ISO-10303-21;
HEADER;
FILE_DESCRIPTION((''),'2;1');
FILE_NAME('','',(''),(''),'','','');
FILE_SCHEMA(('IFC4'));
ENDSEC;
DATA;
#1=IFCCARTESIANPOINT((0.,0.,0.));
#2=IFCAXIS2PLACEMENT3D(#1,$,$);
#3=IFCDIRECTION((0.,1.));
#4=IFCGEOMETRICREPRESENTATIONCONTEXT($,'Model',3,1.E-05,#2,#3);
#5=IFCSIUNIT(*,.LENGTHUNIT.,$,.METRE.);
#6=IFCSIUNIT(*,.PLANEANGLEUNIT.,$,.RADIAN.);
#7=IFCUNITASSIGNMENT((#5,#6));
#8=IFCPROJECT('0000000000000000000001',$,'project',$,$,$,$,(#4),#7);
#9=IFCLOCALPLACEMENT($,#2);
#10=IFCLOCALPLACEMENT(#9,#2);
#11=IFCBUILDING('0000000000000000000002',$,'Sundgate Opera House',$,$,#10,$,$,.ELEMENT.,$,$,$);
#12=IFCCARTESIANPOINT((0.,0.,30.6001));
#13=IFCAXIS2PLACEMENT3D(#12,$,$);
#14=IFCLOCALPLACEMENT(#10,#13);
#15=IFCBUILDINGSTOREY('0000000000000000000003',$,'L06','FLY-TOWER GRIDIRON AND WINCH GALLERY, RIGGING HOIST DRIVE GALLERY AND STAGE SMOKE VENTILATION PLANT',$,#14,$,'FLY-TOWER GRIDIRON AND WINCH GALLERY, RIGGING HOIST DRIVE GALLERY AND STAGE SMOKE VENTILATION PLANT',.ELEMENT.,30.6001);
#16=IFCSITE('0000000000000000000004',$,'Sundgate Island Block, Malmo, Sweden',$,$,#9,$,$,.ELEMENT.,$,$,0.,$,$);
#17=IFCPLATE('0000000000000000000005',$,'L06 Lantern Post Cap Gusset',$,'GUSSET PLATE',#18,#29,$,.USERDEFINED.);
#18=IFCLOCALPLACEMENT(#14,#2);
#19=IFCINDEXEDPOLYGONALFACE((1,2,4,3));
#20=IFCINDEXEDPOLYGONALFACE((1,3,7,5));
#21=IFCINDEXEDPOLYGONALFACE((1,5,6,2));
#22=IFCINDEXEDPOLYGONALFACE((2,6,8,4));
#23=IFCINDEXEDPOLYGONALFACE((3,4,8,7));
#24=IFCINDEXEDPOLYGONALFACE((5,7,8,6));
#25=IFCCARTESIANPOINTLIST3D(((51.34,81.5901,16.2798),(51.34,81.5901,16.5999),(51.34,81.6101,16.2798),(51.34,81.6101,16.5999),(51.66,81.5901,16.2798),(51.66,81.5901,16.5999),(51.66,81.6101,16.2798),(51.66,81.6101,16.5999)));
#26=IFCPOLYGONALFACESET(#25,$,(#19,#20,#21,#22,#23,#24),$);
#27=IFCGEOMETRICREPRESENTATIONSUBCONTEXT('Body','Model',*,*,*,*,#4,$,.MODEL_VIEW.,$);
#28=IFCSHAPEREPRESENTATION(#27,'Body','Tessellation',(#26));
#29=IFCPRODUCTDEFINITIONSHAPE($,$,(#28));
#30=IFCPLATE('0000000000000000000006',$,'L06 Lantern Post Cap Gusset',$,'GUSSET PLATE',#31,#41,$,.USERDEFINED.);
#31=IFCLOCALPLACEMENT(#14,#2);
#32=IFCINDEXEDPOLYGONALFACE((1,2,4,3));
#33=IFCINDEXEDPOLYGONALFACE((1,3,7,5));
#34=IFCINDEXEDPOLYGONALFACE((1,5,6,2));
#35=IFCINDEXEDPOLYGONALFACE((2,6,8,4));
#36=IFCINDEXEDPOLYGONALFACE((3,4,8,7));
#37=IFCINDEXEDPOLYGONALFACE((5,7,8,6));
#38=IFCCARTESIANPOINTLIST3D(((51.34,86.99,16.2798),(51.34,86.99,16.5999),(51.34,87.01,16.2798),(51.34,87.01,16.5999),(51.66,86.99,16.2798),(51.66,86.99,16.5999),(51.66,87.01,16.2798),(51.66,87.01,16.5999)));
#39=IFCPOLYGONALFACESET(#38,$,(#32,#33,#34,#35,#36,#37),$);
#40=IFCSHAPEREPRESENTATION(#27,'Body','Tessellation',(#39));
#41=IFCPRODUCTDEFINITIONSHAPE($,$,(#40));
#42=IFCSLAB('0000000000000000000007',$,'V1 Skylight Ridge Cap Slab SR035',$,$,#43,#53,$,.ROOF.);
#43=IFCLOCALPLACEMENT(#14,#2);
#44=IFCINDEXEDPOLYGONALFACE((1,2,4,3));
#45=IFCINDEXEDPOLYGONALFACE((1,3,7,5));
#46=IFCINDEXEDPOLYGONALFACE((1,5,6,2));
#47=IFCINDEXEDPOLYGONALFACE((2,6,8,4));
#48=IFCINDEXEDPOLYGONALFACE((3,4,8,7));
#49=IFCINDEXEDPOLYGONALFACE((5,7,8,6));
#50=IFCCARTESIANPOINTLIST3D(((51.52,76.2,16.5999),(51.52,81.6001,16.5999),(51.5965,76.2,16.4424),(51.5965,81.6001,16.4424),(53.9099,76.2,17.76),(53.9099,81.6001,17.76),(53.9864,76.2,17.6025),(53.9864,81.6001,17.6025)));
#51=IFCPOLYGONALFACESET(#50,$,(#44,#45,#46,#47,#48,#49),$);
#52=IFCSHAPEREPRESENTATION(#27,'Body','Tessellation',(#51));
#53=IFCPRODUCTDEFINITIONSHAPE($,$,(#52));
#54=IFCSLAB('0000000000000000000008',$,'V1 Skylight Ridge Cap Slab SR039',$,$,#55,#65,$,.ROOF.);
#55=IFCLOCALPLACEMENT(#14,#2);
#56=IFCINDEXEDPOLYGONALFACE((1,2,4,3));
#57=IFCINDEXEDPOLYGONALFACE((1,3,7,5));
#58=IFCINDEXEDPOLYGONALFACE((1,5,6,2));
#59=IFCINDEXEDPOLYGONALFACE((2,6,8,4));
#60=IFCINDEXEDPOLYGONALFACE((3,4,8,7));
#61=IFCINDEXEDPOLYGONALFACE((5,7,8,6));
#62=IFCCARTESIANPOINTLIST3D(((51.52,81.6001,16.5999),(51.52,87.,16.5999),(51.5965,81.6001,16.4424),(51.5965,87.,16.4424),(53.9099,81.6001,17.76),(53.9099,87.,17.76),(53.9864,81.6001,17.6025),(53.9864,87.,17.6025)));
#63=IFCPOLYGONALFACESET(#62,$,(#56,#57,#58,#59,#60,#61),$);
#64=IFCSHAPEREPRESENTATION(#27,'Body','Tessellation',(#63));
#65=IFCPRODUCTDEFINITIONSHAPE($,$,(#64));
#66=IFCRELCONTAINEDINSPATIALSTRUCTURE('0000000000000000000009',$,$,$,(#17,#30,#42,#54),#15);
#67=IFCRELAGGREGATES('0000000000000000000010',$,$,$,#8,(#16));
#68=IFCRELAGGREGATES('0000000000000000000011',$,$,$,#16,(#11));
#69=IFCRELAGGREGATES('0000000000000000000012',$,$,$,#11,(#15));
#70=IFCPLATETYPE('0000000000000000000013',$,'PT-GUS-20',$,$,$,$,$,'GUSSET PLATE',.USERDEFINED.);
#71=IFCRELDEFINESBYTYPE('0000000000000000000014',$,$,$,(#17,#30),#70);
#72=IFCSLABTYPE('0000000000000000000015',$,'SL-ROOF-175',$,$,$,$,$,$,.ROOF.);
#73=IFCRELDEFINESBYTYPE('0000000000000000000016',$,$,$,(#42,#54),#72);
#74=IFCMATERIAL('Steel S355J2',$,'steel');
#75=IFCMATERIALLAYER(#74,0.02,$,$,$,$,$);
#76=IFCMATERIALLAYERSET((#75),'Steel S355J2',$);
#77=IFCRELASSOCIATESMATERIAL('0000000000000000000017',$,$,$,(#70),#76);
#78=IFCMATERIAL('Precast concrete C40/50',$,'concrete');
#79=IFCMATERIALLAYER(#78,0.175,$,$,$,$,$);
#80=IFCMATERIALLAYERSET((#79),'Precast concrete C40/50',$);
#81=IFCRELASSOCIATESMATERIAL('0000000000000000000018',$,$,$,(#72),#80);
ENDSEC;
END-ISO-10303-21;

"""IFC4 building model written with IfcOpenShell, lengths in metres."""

from ifc_helpers import new_model, si_unit, direction, frame, origin, origin_2d, place, context, subcontext, project, spatial, polyline, rectangle, outline, extrude, material, layer, layer_set, type_object, element, save


model = new_model("IFC4")

# Units and contexts
model_context = context("Model", 3, precision=1e-05, world=origin(), true_north=direction((0.0, 1.0)))
body_context = subcontext(model_context, "Body", "Model", "MODEL_VIEW")
ifc_project = project(units=[si_unit("LENGTHUNIT", "METRE"), si_unit("PLANEANGLEUNIT", "RADIAN")], contexts=[model_context])

# Site, building, storey
site_placement = place(None, origin())
site = spatial("IfcSite", under=ifc_project, at=site_placement, Name="Sundgate Island Block, Malmo, Sweden", CompositionType="ELEMENT", RefElevation=0.0)
building_placement = place(site_placement, origin())
building = spatial("IfcBuilding", under=site, at=building_placement, Name="Sundgate Opera House", CompositionType="ELEMENT")
storey_placement = place(building_placement, frame((0.0, 0.0, 30.6001)))
storey = spatial("IfcBuildingStorey", under=building, at=storey_placement, Name="L06", Description="FLY-TOWER GRIDIRON AND WINCH GALLERY, RIGGING HOIST DRIVE GALLERY AND STAGE SMOKE VENTILATION PLANT", LongName="FLY-TOWER GRIDIRON AND WINCH GALLERY, RIGGING HOIST DRIVE GALLERY AND STAGE SMOKE VENTILATION PLANT", CompositionType="ELEMENT", Elevation=30.6001)

# Plates
ifc_material_1 = material(Name="Steel S355J2", Category="steel")
ifc_layer_1 = layer(ifc_material_1, 0.02)
ifc_layer_set_1 = layer_set([ifc_layer_1], Name="Steel S355J2")
plate_type_1 = type_object("IfcPlateType", Name="PT-GUS-20", ElementType="GUSSET PLATE", PredefinedType="USERDEFINED", material=ifc_layer_set_1)
for number, where, z_axis, x_axis, name in (
    (1, (51.5, 81.6001, 16.2798), (0.0, 0.0, 1.0), (1.0, 0.0, 0.0), "L06 Lantern Post Cap Gusset"),
    (2, (51.5, 87.0, 16.2798), (0.0, 0.0, 1.0), (1.0, 0.0, 0.0), "L06 Lantern Post Cap Gusset"),
):
    element("IfcPlate", number, at=place(storey_placement, frame(where, z_axis=z_axis, x_axis=x_axis)), inside=storey, type_object=plate_type_1, Name=name, ObjectType="GUSSET PLATE", PredefinedType="USERDEFINED", context=body_context, shape_type="SweptSolid", body=[
        extrude(rectangle(XDim=0.3201, YDim=0.02, at=origin_2d()), origin(), (0.0, 0.0, 1.0), 0.3201),
    ])

# Slabs
ifc_material_2 = material(Name="Precast concrete C40/50", Category="concrete")
ifc_layer_2 = layer(ifc_material_2, 0.175)
ifc_layer_set_2 = layer_set([ifc_layer_2], Name="Precast concrete C40/50")
slab_type = type_object("IfcSlabType", Name="SL-ROOF-175", PredefinedType="ROOF", material=ifc_layer_set_2)
slab_1_placement = place(storey_placement, frame((51.52, 76.2, 16.5999), z_axis=(-0.436706, 0.0, 0.899604), x_axis=(0.899604, 0.0, 0.436706)))
element("IfcSlab", 3, at=slab_1_placement, inside=storey, type_object=slab_type, Name="V1 Skylight Ridge Cap Slab SR035", PredefinedType="ROOF", context=body_context, shape_type="SweptSolid", body=[
    extrude(outline(polyline([(0.0, 0.0), (2.6566, 0.0), (2.6566, 5.4001), (0.0, 5.4001), (0.0, 0.0)])), origin(), (0.0, 0.0, -1.0), 0.175),
])
slab_2_placement = place(storey_placement, frame((51.52, 81.6001, 16.5999), z_axis=(-0.436706, 0.0, 0.899604), x_axis=(0.899604, 0.0, 0.436706)))
element("IfcSlab", 4, at=slab_2_placement, inside=storey, type_object=slab_type, Name="V1 Skylight Ridge Cap Slab SR039", PredefinedType="ROOF", context=body_context, shape_type="SweptSolid", body=[
    extrude(outline(polyline([(0.0, 0.0), (2.6566, 0.0), (2.6566, 5.3999), (0.0, 5.3999), (0.0, 0.0)])), origin(), (0.0, 0.0, -1.0), 0.175),
])

save(model, "model.ifc")
